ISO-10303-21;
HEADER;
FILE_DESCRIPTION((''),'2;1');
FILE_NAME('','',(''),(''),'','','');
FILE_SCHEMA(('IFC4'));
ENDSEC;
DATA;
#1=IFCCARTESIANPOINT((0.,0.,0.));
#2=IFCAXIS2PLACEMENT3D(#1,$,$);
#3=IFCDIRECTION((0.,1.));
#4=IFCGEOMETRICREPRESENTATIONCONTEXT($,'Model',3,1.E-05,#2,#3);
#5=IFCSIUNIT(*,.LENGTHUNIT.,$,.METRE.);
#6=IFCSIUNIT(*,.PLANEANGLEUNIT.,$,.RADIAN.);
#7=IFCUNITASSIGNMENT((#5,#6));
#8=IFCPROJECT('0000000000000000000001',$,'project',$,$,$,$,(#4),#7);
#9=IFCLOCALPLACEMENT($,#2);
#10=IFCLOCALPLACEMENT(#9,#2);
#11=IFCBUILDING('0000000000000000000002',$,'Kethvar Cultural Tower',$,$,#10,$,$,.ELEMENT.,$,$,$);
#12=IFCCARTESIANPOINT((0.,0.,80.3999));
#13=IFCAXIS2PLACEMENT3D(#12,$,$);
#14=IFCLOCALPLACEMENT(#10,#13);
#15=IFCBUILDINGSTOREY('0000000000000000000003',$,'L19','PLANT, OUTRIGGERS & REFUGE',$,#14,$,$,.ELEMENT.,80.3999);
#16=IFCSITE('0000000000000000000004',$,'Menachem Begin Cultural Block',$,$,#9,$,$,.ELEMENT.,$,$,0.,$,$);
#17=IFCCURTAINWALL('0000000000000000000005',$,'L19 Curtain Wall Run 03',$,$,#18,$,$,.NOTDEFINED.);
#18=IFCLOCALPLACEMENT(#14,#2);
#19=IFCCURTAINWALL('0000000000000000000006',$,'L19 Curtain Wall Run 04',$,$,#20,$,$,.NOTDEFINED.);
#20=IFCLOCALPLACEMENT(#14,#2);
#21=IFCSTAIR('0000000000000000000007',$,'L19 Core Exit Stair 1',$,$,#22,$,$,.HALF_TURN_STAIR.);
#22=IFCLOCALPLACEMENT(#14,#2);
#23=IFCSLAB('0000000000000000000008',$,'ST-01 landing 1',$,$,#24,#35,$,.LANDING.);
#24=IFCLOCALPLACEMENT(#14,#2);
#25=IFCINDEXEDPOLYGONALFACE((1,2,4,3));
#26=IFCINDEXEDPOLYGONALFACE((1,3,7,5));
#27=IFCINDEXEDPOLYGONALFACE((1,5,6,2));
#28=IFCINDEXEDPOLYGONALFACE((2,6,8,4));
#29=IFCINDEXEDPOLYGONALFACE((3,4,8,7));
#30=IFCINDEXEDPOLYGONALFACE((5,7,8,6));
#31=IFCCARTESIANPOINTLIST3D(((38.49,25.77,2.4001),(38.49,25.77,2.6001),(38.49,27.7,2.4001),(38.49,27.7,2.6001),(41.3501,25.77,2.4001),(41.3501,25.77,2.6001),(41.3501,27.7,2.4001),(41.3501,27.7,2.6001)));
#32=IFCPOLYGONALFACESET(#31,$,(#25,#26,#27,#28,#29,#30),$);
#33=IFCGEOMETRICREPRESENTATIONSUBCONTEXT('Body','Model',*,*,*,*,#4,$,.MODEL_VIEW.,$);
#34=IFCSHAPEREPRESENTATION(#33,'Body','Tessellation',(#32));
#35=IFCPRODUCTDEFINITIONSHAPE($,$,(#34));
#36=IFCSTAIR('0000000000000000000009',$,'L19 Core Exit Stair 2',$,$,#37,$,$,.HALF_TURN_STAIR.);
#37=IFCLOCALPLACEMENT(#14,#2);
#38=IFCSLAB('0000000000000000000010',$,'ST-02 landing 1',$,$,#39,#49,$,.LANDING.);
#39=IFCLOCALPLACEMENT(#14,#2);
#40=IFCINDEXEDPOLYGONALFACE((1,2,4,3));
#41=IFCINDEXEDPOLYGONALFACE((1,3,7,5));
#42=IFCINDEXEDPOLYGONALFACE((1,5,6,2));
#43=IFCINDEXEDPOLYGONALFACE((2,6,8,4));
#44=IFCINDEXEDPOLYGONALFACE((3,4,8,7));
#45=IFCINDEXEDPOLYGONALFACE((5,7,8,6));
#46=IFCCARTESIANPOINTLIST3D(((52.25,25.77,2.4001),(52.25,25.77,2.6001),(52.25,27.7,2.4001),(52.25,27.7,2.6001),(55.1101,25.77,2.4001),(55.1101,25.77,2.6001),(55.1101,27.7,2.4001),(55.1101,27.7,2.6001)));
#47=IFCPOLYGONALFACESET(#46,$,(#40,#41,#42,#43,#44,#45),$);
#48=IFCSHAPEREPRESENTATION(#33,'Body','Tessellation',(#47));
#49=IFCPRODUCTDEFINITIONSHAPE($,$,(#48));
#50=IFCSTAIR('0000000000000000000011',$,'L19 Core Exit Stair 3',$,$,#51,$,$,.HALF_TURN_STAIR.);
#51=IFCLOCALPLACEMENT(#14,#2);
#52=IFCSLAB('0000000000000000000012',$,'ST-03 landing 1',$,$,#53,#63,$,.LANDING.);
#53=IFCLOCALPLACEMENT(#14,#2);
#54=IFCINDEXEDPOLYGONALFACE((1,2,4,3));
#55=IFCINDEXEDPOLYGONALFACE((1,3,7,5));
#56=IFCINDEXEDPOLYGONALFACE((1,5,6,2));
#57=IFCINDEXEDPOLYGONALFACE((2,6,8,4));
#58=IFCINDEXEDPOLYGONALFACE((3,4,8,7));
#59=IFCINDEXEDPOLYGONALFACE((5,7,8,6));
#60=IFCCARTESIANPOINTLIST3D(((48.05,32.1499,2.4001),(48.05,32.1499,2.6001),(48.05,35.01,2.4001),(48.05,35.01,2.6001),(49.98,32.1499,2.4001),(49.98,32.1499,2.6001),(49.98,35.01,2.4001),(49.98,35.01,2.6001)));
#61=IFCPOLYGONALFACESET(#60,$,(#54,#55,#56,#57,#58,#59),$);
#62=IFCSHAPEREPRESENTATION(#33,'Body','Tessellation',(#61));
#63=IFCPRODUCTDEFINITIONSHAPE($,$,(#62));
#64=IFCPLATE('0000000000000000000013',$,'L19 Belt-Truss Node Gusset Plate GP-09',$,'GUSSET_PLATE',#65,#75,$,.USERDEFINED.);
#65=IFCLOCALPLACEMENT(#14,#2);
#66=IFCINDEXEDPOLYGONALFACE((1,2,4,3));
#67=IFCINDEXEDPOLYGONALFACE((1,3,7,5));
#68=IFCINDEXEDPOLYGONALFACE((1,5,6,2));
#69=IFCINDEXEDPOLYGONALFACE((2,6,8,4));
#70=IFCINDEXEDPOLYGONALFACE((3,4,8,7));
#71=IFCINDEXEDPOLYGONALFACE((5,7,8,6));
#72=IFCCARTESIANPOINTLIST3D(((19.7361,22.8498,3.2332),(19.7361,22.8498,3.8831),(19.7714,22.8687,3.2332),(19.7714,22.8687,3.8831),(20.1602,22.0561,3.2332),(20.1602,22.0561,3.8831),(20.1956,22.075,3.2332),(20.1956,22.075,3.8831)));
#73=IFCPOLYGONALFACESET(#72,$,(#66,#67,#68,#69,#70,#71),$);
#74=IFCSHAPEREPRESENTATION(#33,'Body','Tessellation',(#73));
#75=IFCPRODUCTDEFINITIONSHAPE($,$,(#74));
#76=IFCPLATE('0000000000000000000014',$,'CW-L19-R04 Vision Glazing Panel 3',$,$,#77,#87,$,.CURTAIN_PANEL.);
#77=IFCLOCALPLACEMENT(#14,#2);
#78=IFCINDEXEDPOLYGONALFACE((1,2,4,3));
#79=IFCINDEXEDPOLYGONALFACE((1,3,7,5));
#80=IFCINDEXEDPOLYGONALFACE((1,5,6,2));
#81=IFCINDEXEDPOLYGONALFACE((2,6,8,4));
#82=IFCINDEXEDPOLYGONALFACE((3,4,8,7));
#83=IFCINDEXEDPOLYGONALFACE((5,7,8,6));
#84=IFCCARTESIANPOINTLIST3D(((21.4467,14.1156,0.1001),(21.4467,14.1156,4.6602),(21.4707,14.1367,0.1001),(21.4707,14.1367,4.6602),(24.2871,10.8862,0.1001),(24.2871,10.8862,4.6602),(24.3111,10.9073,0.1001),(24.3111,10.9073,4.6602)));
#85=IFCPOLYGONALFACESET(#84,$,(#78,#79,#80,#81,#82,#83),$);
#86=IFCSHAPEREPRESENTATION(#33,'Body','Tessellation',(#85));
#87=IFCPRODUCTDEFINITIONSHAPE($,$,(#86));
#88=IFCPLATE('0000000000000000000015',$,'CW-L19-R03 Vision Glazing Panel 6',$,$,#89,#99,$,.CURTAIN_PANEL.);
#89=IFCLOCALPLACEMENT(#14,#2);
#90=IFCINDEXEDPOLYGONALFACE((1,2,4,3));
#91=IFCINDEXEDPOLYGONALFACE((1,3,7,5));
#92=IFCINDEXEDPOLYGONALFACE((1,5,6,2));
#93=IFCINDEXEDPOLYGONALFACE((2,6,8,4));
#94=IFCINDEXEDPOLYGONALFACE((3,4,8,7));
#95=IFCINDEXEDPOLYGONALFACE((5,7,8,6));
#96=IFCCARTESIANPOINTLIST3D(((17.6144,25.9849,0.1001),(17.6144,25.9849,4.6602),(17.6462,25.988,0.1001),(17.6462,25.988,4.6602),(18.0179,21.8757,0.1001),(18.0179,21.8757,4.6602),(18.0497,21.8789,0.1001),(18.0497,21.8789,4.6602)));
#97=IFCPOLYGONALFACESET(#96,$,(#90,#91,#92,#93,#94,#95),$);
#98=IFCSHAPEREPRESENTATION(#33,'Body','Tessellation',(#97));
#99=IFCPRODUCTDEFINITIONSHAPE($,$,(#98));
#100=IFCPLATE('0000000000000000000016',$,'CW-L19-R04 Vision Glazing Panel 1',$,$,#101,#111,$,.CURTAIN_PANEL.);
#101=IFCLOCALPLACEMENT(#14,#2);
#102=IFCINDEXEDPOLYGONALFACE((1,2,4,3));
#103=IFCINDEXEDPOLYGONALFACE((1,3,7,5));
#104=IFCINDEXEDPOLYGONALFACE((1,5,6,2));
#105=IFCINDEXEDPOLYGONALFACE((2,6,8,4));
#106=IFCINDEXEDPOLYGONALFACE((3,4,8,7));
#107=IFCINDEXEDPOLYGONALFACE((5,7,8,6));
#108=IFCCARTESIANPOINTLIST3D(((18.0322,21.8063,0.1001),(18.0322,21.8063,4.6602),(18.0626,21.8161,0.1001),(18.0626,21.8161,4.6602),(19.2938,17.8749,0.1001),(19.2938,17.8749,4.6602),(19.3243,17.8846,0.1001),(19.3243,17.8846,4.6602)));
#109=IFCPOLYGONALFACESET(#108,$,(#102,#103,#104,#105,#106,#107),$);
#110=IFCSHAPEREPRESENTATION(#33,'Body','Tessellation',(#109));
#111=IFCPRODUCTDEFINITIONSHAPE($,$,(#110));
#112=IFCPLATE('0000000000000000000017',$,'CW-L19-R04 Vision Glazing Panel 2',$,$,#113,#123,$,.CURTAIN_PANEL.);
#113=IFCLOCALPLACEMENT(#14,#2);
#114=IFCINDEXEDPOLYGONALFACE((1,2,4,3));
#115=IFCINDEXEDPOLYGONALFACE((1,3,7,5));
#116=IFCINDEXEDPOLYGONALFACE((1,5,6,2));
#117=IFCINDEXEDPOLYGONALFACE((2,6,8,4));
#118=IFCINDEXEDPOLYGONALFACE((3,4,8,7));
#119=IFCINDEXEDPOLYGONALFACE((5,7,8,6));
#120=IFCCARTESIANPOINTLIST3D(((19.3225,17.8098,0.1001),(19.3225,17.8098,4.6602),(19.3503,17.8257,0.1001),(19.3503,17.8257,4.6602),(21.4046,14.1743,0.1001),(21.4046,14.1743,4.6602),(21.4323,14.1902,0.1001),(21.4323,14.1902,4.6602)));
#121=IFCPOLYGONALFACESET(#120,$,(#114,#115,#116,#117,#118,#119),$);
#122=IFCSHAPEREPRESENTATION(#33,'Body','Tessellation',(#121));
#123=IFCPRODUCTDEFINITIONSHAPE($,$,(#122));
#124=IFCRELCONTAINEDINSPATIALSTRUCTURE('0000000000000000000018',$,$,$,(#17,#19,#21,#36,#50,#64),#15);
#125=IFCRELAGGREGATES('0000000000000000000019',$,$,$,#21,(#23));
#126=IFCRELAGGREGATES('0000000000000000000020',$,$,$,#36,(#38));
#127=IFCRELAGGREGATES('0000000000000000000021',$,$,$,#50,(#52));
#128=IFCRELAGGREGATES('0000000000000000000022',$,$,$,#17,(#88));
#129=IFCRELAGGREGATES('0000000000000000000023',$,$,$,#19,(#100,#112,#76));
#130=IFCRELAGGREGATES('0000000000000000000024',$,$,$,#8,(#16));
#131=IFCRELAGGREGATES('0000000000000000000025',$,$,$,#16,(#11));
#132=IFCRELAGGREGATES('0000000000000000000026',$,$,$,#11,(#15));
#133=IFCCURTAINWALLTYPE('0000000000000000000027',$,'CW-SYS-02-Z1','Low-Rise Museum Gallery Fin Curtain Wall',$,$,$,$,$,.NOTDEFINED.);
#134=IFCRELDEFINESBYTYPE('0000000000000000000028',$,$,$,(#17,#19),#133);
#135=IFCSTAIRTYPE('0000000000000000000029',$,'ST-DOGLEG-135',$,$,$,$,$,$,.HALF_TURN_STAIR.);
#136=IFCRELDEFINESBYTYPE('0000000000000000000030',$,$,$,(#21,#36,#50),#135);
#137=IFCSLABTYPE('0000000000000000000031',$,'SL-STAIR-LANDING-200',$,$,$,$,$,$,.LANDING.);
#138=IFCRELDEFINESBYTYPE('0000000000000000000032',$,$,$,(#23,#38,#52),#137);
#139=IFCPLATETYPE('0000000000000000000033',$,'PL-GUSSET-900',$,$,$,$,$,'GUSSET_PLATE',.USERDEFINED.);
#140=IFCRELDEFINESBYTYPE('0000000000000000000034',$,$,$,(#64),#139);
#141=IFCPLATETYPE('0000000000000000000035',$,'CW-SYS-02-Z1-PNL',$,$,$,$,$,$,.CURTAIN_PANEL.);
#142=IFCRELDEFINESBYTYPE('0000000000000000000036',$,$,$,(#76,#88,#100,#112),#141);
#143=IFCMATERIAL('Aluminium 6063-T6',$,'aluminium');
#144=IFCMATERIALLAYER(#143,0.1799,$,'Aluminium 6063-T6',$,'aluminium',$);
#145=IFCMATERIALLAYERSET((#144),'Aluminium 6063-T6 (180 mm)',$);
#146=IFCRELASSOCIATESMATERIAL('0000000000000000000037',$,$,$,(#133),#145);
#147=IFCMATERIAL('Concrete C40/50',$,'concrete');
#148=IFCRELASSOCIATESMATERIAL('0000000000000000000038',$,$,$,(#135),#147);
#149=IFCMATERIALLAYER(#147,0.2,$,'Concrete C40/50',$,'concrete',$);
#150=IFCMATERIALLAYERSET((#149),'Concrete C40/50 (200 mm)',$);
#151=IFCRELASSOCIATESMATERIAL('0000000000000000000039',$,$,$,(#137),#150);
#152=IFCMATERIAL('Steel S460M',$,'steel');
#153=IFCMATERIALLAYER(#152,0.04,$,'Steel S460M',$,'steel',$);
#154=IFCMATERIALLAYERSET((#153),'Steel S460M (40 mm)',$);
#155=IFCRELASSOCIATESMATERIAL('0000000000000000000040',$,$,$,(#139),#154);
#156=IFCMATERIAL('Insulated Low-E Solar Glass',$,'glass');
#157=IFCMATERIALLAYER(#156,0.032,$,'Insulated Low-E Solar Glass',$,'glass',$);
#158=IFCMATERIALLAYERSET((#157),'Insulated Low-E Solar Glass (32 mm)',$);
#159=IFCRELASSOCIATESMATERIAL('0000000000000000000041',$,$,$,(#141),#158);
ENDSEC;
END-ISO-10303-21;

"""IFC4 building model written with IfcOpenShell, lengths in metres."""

from ifc_helpers import new_model, si_unit, direction, frame, origin, origin_2d, place, context, subcontext, project, spatial, polyline, rectangle, outline, extrude, source, transform, mapped, material, layer, layer_set, type_object, element, aggregate, save


model = new_model("IFC4")

# Units and contexts
model_context = context("Model", 3, precision=1e-05, world=origin(), true_north=direction((0.0, 1.0)))
body_context = subcontext(model_context, "Body", "Model", "MODEL_VIEW")
ifc_project = project(units=[si_unit("LENGTHUNIT", "METRE"), si_unit("PLANEANGLEUNIT", "RADIAN")], contexts=[model_context])

# Site, building, storey
site_placement = place(None, origin())
site = spatial("IfcSite", under=ifc_project, at=site_placement, Name="Menachem Begin Cultural Block", CompositionType="ELEMENT", RefElevation=0.0)
building_placement = place(site_placement, origin())
building = spatial("IfcBuilding", under=site, at=building_placement, Name="Kethvar Cultural Tower", CompositionType="ELEMENT")
storey_placement = place(building_placement, frame((0.0, 0.0, 80.3999)))
storey = spatial("IfcBuildingStorey", under=building, at=storey_placement, Name="L19", Description="PLANT, OUTRIGGERS & REFUGE", CompositionType="ELEMENT", Elevation=80.3999)

# Shared definitions
ifc_material_1 = material(Name="Steel S460M", Category="steel")

# Curtain wall
ifc_material_2 = material(Name="Aluminium 6063-T6", Category="aluminium")
ifc_layer_1 = layer(ifc_material_2, 0.1799, Name="Aluminium 6063-T6", Category="aluminium")
ifc_layer_set_1 = layer_set([ifc_layer_1], Name="Aluminium 6063-T6 (180 mm)")
curtain_wall_type = type_object("IfcCurtainWallType", Name="CW-SYS-02-Z1", Description="Low-Rise Museum Gallery Fin Curtain Wall", PredefinedType="NOTDEFINED", material=ifc_layer_set_1)
curtain_wall_1_placement = place(storey_placement, origin())
curtain_wall_1 = element("IfcCurtainWall", 1, at=curtain_wall_1_placement, inside=storey, type_object=curtain_wall_type, Name="L19 Curtain Wall Run 03", PredefinedType="NOTDEFINED")

# Curtain wall
curtain_wall_2_placement = place(storey_placement, origin())
curtain_wall_2 = element("IfcCurtainWall", 2, at=curtain_wall_2_placement, inside=storey, type_object=curtain_wall_type, Name="L19 Curtain Wall Run 04", PredefinedType="NOTDEFINED")

# Stairs, slabs
ifc_material_3 = material(Name="Concrete C40/50", Category="concrete")
stair_type = type_object("IfcStairType", Name="ST-DOGLEG-135", PredefinedType="HALF_TURN_STAIR", material=ifc_material_3)
stair_1_placement = place(storey_placement, origin())
stair_1 = element("IfcStair", 3, at=stair_1_placement, inside=storey, type_object=stair_type, Name="L19 Core Exit Stair 1", PredefinedType="HALF_TURN_STAIR")
ifc_layer_2 = layer(ifc_material_3, 0.2, Name="Concrete C40/50", Category="concrete")
ifc_layer_set_2 = layer_set([ifc_layer_2], Name="Concrete C40/50 (200 mm)")
slab_type_1 = type_object("IfcSlabType", Name="SL-STAIR-LANDING-200", PredefinedType="LANDING", material=ifc_layer_set_2)
slab_1_placement = place(storey_placement, frame((0.0, 0.0, 2.4001)))
slab_1 = element("IfcSlab", 4, at=slab_1_placement, type_object=slab_type_1, Name="ST-01 landing 1", PredefinedType="LANDING", context=body_context, shape_type="SweptSolid", body=[
    extrude(outline(polyline([(41.3501, 25.77), (41.3501, 27.7), (38.49, 27.7), (38.49, 25.77), (41.3501, 25.77)])), origin(), (0.0, 0.0, 1.0), 0.2),
])
aggregate(stair_1, [slab_1])
stair_2_placement = place(storey_placement, origin())
stair_2 = element("IfcStair", 5, at=stair_2_placement, inside=storey, type_object=stair_type, Name="L19 Core Exit Stair 2", PredefinedType="HALF_TURN_STAIR")
slab_2_placement = place(storey_placement, frame((0.0, 0.0, 2.4001)))
slab_2 = element("IfcSlab", 6, at=slab_2_placement, type_object=slab_type_1, Name="ST-02 landing 1", PredefinedType="LANDING", context=body_context, shape_type="SweptSolid", body=[
    extrude(outline(polyline([(55.1101, 25.77), (55.1101, 27.7), (52.25, 27.7), (52.25, 25.77), (55.1101, 25.77)])), origin(), (0.0, 0.0, 1.0), 0.2),
])
aggregate(stair_2, [slab_2])
stair_3_placement = place(storey_placement, origin())
stair_3 = element("IfcStair", 7, at=stair_3_placement, inside=storey, type_object=stair_type, Name="L19 Core Exit Stair 3", PredefinedType="HALF_TURN_STAIR")
slab_3_placement = place(storey_placement, frame((0.0, 0.0, 2.4001)))
slab_3 = element("IfcSlab", 8, at=slab_3_placement, type_object=slab_type_1, Name="ST-03 landing 1", PredefinedType="LANDING", context=body_context, shape_type="SweptSolid", body=[
    extrude(outline(polyline([(49.98, 35.01), (48.05, 35.01), (48.05, 32.1499), (49.98, 32.1499), (49.98, 35.01)])), origin(), (0.0, 0.0, 1.0), 0.2),
])
aggregate(stair_3, [slab_3])

# Plates
ifc_layer_3 = layer(ifc_material_1, 0.04, Name="Steel S460M", Category="steel")
ifc_layer_set_3 = layer_set([ifc_layer_3], Name="Steel S460M (40 mm)")
plate_type_1 = type_object("IfcPlateType", Name="PL-GUSSET-900", ElementType="GUSSET_PLATE", PredefinedType="USERDEFINED", material=ifc_layer_set_3)
shared_shape_1 = source(origin(), body_context, "Body", "SweptSolid", [
    extrude(rectangle(XDim=0.8999, YDim=0.04, at=origin_2d()), origin(), (0.0, 0.0, 1.0), 0.6499),
])
plate_1_placement = place(storey_placement, frame((19.9658, 22.4624, 3.2332), z_axis=(0.0, 0.0, 1.0), x_axis=(0.471335, -0.881954, 0.0)))
element("IfcPlate", 9, at=plate_1_placement, inside=storey, type_object=plate_type_1, Name="L19 Belt-Truss Node Gusset Plate GP-09", ObjectType="GUSSET_PLATE", PredefinedType="USERDEFINED", context=body_context, shape_type="MappedRepresentation", body=[
    mapped(shared_shape_1, transform((0.0, 0.0, 0.0), scale=1.0)),
])
ifc_material_4 = material(Name="Insulated Low-E Solar Glass", Category="glass")
ifc_layer_4 = layer(ifc_material_4, 0.032, Name="Insulated Low-E Solar Glass", Category="glass")
ifc_layer_set_4 = layer_set([ifc_layer_4], Name="Insulated Low-E Solar Glass (32 mm)")
plate_type_2 = type_object("IfcPlateType", Name="CW-SYS-02-Z1-PNL", PredefinedType="CURTAIN_PANEL", material=ifc_layer_set_4)
shared_shape_2 = source(origin(), body_context, "Body", "SweptSolid", [
    extrude(rectangle(XDim=4.3008, YDim=0.032, at=origin_2d()), origin(), (0.0, 0.0, 1.0), 4.5601),
])
plate_2_placement = place(storey_placement, frame((22.8789, 12.5115, 0.1001), z_axis=(0.0, 0.0, 1.0), x_axis=(0.660434, -0.750884, 0.0)))
plate_2 = element("IfcPlate", 10, at=plate_2_placement, type_object=plate_type_2, Name="CW-L19-R04 Vision Glazing Panel 3", PredefinedType="CURTAIN_PANEL", context=body_context, shape_type="MappedRepresentation", body=[
    mapped(shared_shape_2, transform((0.0, 0.0, 0.0), scale=1.0)),
])
shared_shape_3 = source(origin(), body_context, "Body", "SweptSolid", [
    extrude(rectangle(XDim=4.1289, YDim=0.032, at=origin_2d()), origin(), (0.0, 0.0, 1.0), 4.5601),
])
plate_3_placement = place(storey_placement, frame((17.832, 23.9319, 0.1001), z_axis=(0.0, 0.0, 1.0), x_axis=(0.097722, -0.995214, 0.0)))
plate_3 = element("IfcPlate", 11, at=plate_3_placement, type_object=plate_type_2, Name="CW-L19-R03 Vision Glazing Panel 6", PredefinedType="CURTAIN_PANEL", context=body_context, shape_type="MappedRepresentation", body=[
    mapped(shared_shape_3, transform((0.0, 0.0, 0.0), scale=1.0)),
])
aggregate(curtain_wall_1, [plate_3])
plate_4_placement = place(storey_placement, frame((18.6782, 19.8455, 0.1001), z_axis=(0.0, 0.0, 1.0), x_axis=(0.305562, -0.952172, 0.0)))
plate_4 = element("IfcPlate", 12, at=plate_4_placement, type_object=plate_type_2, Name="CW-L19-R04 Vision Glazing Panel 1", PredefinedType="CURTAIN_PANEL", context=body_context, shape_type="MappedRepresentation", body=[
    mapped(shared_shape_3, transform((0.0, 0.0, 0.0), scale=1.0)),
])
shared_shape_4 = source(origin(), body_context, "Body", "SweptSolid", [
    extrude(rectangle(XDim=4.1895, YDim=0.032, at=origin_2d()), origin(), (0.0, 0.0, 1.0), 4.5601),
])
plate_5_placement = place(storey_placement, frame((20.3774, 16.0, 0.1001), z_axis=(0.0, 0.0, 1.0), x_axis=(0.496974, -0.867765, 0.0)))
plate_5 = element("IfcPlate", 13, at=plate_5_placement, type_object=plate_type_2, Name="CW-L19-R04 Vision Glazing Panel 2", PredefinedType="CURTAIN_PANEL", context=body_context, shape_type="MappedRepresentation", body=[
    mapped(shared_shape_4, transform((0.0, 0.0, 0.0), scale=1.0)),
])
aggregate(curtain_wall_2, [plate_4, plate_5, plate_2])

save(model, "model.ifc")
